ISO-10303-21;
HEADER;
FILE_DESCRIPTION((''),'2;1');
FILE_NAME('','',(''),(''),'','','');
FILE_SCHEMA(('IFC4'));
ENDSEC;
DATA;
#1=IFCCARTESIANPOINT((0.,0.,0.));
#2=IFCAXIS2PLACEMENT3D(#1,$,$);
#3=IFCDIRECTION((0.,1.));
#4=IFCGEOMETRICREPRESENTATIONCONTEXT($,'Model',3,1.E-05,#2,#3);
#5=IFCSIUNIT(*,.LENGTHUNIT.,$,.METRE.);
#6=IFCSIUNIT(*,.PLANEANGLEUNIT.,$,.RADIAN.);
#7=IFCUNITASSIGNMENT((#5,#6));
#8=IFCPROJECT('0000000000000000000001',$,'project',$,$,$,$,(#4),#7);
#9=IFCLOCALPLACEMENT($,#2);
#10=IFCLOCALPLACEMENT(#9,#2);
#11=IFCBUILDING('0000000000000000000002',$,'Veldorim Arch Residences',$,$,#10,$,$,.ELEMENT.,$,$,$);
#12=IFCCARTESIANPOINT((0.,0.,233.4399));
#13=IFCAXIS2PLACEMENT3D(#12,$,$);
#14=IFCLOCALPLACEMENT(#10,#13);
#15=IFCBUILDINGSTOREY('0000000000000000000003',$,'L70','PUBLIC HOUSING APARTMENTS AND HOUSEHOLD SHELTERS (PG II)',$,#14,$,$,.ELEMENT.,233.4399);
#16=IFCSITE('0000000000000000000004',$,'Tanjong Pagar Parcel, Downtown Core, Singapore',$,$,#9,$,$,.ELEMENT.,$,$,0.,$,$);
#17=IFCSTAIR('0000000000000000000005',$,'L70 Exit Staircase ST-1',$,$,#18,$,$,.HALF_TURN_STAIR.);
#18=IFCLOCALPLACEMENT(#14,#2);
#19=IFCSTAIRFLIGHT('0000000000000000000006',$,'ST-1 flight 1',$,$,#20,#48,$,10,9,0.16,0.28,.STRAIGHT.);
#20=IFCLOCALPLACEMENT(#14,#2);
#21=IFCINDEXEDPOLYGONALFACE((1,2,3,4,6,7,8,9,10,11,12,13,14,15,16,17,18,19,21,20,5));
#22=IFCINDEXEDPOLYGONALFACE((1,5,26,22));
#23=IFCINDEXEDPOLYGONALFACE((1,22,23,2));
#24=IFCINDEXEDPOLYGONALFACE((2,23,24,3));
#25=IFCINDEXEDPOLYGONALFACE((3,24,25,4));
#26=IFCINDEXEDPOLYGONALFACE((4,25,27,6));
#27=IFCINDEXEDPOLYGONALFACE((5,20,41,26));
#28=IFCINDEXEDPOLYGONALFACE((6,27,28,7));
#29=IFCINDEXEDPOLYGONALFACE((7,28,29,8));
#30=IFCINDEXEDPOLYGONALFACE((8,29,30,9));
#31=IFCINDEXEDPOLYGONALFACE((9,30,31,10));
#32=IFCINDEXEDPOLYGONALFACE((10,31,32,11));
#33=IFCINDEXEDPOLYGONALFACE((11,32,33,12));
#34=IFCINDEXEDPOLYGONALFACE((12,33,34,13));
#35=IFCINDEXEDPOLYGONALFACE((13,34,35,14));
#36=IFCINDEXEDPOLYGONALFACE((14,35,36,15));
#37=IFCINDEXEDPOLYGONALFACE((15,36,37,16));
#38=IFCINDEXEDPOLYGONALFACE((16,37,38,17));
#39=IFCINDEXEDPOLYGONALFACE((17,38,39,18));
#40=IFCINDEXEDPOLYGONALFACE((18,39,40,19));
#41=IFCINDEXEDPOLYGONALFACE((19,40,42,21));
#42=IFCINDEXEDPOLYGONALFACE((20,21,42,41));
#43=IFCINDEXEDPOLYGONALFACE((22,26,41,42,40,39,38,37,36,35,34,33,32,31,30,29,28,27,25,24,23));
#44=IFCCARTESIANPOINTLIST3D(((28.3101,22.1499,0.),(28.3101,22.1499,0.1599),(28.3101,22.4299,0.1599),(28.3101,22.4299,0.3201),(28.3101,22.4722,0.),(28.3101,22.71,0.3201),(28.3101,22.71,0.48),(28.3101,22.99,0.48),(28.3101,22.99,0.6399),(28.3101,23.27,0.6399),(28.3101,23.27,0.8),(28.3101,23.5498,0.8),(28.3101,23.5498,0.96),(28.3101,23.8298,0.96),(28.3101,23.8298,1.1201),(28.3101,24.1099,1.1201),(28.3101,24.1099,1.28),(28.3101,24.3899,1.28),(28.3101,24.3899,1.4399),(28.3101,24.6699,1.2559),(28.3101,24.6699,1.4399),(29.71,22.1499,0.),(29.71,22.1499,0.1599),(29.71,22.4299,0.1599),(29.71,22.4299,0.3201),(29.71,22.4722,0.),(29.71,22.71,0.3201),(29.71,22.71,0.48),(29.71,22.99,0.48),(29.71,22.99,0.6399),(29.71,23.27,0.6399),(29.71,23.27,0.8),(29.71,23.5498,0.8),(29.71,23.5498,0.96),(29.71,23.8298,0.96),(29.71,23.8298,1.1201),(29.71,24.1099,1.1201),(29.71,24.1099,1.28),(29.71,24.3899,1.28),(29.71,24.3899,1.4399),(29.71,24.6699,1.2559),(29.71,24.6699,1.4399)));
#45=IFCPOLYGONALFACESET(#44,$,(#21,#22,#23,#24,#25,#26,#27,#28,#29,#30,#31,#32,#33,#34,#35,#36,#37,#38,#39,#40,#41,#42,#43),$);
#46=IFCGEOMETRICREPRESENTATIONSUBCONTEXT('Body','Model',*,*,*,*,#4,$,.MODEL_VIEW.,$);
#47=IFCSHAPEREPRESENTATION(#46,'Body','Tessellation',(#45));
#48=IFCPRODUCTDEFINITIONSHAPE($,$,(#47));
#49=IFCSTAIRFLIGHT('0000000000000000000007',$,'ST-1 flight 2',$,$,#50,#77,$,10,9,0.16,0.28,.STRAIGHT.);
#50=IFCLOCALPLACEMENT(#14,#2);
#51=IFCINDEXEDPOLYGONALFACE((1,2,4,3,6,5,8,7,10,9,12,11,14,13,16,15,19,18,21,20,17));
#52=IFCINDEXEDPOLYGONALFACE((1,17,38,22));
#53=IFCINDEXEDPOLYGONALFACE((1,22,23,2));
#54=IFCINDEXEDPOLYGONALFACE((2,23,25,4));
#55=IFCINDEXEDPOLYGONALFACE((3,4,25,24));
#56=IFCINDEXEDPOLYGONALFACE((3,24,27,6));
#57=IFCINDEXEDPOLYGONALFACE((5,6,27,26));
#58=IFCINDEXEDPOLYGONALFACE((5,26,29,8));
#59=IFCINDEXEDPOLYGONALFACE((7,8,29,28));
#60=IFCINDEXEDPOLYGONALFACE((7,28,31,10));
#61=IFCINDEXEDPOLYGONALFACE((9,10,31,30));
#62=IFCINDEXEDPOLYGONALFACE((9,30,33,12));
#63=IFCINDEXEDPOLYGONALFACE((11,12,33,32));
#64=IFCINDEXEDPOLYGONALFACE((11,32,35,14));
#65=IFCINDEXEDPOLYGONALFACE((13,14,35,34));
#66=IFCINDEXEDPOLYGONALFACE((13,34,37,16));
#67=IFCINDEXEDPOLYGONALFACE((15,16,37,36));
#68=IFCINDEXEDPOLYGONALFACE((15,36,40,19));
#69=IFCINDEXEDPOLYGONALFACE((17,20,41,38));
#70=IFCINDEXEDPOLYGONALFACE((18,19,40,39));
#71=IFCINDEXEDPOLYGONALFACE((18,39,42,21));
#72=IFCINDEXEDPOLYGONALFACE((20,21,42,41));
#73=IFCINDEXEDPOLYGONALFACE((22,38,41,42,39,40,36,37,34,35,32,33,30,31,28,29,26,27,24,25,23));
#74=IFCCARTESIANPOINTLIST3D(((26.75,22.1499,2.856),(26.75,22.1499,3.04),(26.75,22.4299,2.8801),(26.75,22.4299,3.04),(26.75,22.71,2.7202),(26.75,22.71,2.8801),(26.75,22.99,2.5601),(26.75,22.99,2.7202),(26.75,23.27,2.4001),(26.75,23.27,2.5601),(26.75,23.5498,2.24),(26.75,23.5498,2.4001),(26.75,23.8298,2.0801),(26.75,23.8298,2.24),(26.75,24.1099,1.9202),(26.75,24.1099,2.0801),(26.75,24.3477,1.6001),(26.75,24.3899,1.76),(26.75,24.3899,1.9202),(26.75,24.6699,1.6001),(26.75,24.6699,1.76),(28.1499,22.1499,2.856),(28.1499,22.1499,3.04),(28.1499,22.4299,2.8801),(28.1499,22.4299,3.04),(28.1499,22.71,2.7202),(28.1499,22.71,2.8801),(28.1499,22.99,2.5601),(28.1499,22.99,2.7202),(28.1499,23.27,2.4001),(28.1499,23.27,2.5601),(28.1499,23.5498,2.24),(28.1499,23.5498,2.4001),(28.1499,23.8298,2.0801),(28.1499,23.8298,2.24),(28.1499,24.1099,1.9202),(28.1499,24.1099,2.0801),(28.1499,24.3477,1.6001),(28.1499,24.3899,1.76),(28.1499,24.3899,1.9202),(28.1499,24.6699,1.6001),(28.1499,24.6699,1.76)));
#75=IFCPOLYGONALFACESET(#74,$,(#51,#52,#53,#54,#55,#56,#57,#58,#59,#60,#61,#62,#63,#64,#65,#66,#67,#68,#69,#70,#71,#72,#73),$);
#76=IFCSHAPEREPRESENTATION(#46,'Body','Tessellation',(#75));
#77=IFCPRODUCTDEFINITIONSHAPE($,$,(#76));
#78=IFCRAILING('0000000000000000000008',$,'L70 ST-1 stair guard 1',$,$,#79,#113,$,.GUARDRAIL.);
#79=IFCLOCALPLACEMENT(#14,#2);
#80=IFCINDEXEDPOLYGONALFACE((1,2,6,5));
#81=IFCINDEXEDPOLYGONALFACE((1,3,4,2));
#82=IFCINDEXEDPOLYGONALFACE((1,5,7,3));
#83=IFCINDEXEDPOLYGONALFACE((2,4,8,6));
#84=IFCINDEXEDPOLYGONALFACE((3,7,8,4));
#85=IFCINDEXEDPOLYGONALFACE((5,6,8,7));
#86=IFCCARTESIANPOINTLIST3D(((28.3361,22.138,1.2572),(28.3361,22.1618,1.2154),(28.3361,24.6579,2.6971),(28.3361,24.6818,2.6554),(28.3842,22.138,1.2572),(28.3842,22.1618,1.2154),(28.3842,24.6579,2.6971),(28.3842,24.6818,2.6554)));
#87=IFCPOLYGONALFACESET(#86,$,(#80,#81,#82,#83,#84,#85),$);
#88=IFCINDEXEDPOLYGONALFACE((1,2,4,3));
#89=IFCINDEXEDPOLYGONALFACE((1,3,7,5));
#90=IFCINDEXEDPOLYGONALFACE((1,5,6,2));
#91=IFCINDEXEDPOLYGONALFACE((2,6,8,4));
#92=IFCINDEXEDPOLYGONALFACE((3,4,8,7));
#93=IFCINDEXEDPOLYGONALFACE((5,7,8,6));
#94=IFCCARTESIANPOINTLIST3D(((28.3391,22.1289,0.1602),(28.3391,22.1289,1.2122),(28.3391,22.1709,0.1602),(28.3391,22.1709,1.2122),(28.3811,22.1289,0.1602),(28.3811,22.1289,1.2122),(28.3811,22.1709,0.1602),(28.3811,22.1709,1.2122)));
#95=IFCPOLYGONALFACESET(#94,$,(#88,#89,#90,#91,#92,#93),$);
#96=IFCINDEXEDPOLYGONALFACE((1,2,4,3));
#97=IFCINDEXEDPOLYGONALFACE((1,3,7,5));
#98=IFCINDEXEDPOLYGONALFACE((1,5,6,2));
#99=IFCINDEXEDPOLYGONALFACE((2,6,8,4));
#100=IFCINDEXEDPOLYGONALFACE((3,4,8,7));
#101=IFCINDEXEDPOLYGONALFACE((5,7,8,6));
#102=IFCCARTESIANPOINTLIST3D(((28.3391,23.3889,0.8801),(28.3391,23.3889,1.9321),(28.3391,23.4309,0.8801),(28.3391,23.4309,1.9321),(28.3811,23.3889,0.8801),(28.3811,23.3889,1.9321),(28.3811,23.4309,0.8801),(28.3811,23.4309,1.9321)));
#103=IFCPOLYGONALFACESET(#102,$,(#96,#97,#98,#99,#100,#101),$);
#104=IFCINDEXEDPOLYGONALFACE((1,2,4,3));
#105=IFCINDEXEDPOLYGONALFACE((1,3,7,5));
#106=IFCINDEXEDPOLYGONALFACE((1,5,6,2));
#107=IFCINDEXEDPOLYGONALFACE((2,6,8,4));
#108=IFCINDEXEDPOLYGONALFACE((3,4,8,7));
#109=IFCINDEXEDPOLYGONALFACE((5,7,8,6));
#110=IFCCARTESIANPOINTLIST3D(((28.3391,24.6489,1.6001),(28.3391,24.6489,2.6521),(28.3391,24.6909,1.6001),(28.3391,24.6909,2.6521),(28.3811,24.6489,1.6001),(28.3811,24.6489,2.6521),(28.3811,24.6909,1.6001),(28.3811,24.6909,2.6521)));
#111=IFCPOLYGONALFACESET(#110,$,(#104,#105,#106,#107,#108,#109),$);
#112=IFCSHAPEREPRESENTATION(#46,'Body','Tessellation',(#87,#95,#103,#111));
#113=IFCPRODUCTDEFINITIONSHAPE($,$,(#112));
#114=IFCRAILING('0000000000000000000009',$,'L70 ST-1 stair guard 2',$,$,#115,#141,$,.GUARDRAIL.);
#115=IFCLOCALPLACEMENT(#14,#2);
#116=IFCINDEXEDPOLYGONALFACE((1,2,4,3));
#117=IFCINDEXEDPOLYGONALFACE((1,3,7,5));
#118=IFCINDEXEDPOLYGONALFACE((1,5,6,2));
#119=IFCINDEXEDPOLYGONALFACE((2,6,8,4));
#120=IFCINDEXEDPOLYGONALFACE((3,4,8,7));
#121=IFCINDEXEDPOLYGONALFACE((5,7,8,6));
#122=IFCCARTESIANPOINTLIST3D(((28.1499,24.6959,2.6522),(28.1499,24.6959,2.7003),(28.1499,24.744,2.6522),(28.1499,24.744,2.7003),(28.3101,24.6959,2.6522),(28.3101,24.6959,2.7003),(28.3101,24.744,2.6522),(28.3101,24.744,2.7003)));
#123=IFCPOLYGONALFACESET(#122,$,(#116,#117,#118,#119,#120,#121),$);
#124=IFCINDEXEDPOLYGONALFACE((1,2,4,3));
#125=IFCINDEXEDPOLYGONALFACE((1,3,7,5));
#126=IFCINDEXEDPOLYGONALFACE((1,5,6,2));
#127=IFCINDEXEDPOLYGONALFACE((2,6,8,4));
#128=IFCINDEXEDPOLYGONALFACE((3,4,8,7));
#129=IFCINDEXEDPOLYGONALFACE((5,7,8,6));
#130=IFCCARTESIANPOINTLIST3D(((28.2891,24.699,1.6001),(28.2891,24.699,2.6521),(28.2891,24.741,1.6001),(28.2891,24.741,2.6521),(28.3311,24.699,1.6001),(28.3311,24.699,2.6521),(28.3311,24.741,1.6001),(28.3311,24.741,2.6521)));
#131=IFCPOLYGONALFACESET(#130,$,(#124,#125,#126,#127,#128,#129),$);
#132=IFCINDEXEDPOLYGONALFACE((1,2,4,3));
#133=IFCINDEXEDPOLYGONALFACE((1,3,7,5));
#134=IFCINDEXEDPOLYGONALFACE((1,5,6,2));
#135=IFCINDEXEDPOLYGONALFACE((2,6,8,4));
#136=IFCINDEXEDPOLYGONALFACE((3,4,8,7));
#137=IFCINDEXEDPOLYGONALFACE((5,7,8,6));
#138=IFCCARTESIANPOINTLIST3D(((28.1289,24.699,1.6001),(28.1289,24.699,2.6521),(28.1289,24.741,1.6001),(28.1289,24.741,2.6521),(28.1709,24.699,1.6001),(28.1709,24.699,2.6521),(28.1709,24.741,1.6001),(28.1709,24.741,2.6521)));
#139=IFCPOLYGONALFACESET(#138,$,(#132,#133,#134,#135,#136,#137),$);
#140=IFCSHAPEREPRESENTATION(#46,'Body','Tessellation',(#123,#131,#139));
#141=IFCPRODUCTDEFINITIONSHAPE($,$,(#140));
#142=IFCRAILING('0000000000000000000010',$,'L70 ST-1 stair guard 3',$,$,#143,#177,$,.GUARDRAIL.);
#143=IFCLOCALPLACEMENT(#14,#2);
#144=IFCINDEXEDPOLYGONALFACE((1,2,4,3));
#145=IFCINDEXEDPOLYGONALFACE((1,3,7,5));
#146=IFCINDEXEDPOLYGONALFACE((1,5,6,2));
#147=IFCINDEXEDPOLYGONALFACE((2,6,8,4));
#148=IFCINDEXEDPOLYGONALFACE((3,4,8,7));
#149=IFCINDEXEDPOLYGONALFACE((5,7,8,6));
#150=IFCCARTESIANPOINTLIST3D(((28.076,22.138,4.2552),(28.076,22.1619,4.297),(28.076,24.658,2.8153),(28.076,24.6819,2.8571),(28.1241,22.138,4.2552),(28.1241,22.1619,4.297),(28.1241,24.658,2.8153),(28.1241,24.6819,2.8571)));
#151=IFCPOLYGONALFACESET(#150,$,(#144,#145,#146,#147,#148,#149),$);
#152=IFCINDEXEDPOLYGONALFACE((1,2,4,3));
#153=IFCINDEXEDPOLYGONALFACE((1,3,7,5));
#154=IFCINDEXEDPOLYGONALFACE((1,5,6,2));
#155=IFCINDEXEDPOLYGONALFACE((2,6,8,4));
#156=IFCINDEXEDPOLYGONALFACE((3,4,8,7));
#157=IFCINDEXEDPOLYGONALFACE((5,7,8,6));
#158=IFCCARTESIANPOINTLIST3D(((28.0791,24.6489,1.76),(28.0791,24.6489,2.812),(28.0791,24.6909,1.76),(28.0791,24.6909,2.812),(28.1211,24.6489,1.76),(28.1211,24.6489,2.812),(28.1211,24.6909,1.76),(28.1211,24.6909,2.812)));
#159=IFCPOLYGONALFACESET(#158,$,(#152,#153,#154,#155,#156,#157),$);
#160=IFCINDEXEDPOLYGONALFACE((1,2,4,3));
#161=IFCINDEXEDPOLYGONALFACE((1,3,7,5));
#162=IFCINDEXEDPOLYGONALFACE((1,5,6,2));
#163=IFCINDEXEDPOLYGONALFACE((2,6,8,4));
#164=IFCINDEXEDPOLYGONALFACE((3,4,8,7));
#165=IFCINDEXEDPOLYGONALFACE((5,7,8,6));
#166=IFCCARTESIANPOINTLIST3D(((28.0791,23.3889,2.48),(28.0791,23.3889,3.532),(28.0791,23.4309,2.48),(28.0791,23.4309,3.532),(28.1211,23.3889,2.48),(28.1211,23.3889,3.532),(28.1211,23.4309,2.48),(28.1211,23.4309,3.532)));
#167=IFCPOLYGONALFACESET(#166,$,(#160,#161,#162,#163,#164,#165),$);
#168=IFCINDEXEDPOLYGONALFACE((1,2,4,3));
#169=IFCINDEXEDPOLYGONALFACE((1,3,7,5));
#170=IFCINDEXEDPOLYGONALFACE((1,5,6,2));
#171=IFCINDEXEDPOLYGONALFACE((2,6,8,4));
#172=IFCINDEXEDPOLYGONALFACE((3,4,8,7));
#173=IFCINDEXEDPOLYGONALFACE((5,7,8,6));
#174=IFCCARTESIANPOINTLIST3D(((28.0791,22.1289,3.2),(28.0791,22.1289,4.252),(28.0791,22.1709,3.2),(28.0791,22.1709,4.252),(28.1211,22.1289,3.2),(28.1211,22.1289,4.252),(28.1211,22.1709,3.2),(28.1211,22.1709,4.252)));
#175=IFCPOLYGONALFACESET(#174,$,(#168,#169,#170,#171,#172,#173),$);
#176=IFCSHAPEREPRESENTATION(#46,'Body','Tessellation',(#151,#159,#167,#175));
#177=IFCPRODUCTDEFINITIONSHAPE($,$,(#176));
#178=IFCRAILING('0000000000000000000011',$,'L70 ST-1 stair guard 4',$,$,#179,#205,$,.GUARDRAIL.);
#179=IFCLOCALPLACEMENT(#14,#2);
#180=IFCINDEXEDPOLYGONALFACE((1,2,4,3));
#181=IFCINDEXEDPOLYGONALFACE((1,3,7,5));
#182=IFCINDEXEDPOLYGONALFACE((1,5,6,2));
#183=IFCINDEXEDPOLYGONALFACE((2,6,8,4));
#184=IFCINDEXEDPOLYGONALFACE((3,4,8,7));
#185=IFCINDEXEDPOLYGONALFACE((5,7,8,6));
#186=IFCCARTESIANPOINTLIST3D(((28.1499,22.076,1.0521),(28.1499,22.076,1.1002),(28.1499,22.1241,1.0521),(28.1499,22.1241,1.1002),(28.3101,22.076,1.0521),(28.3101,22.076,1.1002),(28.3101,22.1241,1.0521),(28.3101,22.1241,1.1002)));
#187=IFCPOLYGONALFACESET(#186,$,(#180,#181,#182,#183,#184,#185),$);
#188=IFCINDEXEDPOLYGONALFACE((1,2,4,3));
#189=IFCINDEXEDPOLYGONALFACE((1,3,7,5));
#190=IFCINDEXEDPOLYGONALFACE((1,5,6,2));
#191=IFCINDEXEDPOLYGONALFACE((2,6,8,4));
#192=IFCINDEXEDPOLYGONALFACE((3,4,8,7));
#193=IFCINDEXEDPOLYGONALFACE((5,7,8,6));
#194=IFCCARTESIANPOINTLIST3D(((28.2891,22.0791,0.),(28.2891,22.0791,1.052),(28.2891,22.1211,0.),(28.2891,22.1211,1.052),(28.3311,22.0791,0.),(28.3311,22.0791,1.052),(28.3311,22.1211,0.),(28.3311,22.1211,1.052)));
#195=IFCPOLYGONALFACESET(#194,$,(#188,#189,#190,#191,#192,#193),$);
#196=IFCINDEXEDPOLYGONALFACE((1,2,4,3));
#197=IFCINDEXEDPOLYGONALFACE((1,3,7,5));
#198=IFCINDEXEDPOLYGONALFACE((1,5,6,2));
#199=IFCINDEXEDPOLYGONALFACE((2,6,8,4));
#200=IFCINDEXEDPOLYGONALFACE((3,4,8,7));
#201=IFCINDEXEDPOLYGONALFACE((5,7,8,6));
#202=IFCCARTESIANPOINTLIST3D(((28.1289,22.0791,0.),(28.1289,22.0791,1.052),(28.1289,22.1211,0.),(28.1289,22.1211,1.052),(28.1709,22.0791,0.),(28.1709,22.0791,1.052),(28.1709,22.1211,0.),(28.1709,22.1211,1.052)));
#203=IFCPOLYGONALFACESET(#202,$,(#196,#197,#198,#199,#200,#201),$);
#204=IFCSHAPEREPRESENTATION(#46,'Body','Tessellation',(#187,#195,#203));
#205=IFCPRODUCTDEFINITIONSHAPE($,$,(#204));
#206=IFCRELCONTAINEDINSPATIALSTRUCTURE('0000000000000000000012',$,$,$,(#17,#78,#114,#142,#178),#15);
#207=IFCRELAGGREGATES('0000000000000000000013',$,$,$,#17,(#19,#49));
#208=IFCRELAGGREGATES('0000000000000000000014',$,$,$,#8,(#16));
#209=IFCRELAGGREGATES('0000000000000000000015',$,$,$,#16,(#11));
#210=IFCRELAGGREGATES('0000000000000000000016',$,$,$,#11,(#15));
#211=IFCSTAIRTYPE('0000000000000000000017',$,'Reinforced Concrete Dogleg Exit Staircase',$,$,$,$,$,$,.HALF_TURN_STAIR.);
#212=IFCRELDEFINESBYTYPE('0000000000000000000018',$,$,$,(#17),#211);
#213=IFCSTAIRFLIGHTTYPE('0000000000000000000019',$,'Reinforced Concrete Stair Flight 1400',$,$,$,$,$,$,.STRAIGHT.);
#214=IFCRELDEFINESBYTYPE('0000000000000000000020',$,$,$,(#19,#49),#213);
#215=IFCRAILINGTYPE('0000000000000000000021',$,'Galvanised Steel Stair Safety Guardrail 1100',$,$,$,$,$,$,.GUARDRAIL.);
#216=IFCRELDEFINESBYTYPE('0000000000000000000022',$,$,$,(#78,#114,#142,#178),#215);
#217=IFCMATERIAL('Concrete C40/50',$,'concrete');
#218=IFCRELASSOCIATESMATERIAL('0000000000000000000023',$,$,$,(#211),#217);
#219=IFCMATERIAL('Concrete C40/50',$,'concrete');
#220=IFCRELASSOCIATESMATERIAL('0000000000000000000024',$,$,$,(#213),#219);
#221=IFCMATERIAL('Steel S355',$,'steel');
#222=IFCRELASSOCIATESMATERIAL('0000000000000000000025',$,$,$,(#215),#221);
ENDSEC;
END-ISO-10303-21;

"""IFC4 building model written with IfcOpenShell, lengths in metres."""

from ifc_helpers import new_model, si_unit, direction, frame, origin, origin_2d, place, context, subcontext, project, spatial, polyline, rectangle, outline, extrude, material, type_object, element, aggregate, save


model = new_model("IFC4")

# Units and contexts
model_context = context("Model", 3, precision=1e-05, world=origin(), true_north=direction((0.0, 1.0)))
body_context = subcontext(model_context, "Body", "Model", "MODEL_VIEW")
ifc_project = project(units=[si_unit("LENGTHUNIT", "METRE"), si_unit("PLANEANGLEUNIT", "RADIAN")], contexts=[model_context])

# Site, building, storey
site_placement = place(None, origin())
site = spatial("IfcSite", under=ifc_project, at=site_placement, Name="Tanjong Pagar Parcel, Downtown Core, Singapore", CompositionType="ELEMENT", RefElevation=0.0)
building_placement = place(site_placement, origin())
building = spatial("IfcBuilding", under=site, at=building_placement, Name="Veldorim Arch Residences", CompositionType="ELEMENT")
storey_placement = place(building_placement, frame((0.0, 0.0, 233.4399)))
storey = spatial("IfcBuildingStorey", under=building, at=storey_placement, Name="L70", Description="PUBLIC HOUSING APARTMENTS AND HOUSEHOLD SHELTERS (PG II)", CompositionType="ELEMENT", Elevation=233.4399)

# Stair, stair flights
ifc_material_1 = material(Name="Concrete C40/50", Category="concrete")
stair_type = type_object("IfcStairType", Name="Reinforced Concrete Dogleg Exit Staircase", PredefinedType="HALF_TURN_STAIR", material=ifc_material_1)
stair_placement = place(storey_placement, origin())
stair = element("IfcStair", 1, at=stair_placement, inside=storey, type_object=stair_type, Name="L70 Exit Staircase ST-1", PredefinedType="HALF_TURN_STAIR")
ifc_material_2 = material(Name="Concrete C40/50", Category="concrete")
stair_flight_type = type_object("IfcStairFlightType", Name="Reinforced Concrete Stair Flight 1400", PredefinedType="STRAIGHT", material=ifc_material_2)
stair_flight_1_placement = place(storey_placement, frame((29.01, 22.1499, 0.0), z_axis=(0.0, 0.0, 1.0), x_axis=(0.0, 1.0, 0.0)))
stair_flight_1 = element("IfcStairFlight", 2, at=stair_flight_1_placement, type_object=stair_flight_type, Name="ST-1 flight 1", NumberOfRisers=10, NumberOfTreads=9, PredefinedType="STRAIGHT", RiserHeight=0.16, TreadLength=0.28, context=body_context, shape_type="SweptSolid", body=[
    extrude(outline(polyline([(0.0, 0.0), (0.0, 0.1599), (0.28, 0.1599), (0.28, 0.3201), (0.5601, 0.3201), (0.5601, 0.48), (0.8401, 0.48), (0.8401, 0.6399), (1.1201, 0.6399), (1.1201, 0.8), (1.3999, 0.8), (1.3999, 0.96), (1.6799, 0.96), (1.6799, 1.1201), (1.96, 1.1201), (1.96, 1.28), (2.24, 1.28), (2.24, 1.4399), (2.52, 1.4399), (2.52, 1.6001), (2.52, 1.2559), (0.3223, 0.0), (0.0, 0.0)])), frame((0.0, 0.7, 0.0), z_axis=(0.0, -1.0, 0.0), x_axis=(1.0, 0.0, 0.0)), (0.0, 0.0, 1.0), 1.3999),
])
stair_flight_2_placement = place(storey_placement, frame((27.45, 24.6699, 1.6001), z_axis=(0.0, 0.0, 1.0), x_axis=(0.0, -1.0, 0.0)))
stair_flight_2 = element("IfcStairFlight", 3, at=stair_flight_2_placement, type_object=stair_flight_type, Name="ST-1 flight 2", NumberOfRisers=10, NumberOfTreads=9, PredefinedType="STRAIGHT", RiserHeight=0.16, TreadLength=0.28, context=body_context, shape_type="SweptSolid", body=[
    extrude(outline(polyline([(0.0, 0.0), (0.0, 0.1599), (0.28, 0.1599), (0.28, 0.3201), (0.5601, 0.3201), (0.5601, 0.48), (0.8401, 0.48), (0.8401, 0.6399), (1.1201, 0.6399), (1.1201, 0.8), (1.3999, 0.8), (1.3999, 0.96), (1.6799, 0.96), (1.6799, 1.1201), (1.96, 1.1201), (1.96, 1.28), (2.24, 1.28), (2.24, 1.4399), (2.52, 1.4399), (2.52, 1.6001), (2.52, 1.2559), (0.3223, 0.0), (0.0, 0.0)])), frame((0.0, 0.7, 0.0), z_axis=(0.0, -1.0, 0.0), x_axis=(1.0, 0.0, 0.0)), (0.0, 0.0, 1.0), 1.3999),
])
aggregate(stair, [stair_flight_1, stair_flight_2])

# Railings
ifc_material_3 = material(Name="Steel S355", Category="steel")
railing_type_1 = type_object("IfcRailingType", Name="Galvanised Steel Stair Safety Guardrail 1100", PredefinedType="GUARDRAIL", material=ifc_material_3)
railing_1_placement = place(storey_placement, frame((28.3601, 22.1499, 0.1602)))
element("IfcRailing", 4, at=railing_1_placement, inside=storey, type_object=railing_type_1, Name="L70 ST-1 stair guard 1", PredefinedType="GUARDRAIL", context=body_context, shape_type="SweptSolid", body=[
    extrude(rectangle(XDim=0.0481, YDim=0.0481, at=origin_2d()), frame((0.0, 0.0, 1.0762), z_axis=(0.0, 0.868253, 0.496121), x_axis=(-1.0, 0.0, 0.0)), (0.0, 0.0, 1.0), 2.9023),
    extrude(rectangle(XDim=0.042, YDim=0.042, at=origin_2d()), origin(), (0.0, 0.0, 1.0), 1.052),
    extrude(rectangle(XDim=0.042, YDim=0.042, at=origin_2d()), frame((0.0, 1.26, 0.72)), (0.0, 0.0, 1.0), 1.052),
    extrude(rectangle(XDim=0.042, YDim=0.042, at=origin_2d()), frame((0.0, 2.52, 1.4399)), (0.0, 0.0, 1.0), 1.052),
])
railing_2_placement = place(storey_placement, frame((28.3101, 24.72, 1.6001)))
element("IfcRailing", 5, at=railing_2_placement, inside=storey, type_object=railing_type_1, Name="L70 ST-1 stair guard 2", PredefinedType="GUARDRAIL", context=body_context, shape_type="SweptSolid", body=[
    extrude(rectangle(XDim=0.0481, YDim=0.0481, at=origin_2d()), frame((0.0, 0.0, 1.0762), z_axis=(-1.0, 0.0, 0.0), x_axis=(0.0, -1.0, 0.0)), (0.0, 0.0, 1.0), 0.1602),
    extrude(rectangle(XDim=0.042, YDim=0.042, at=origin_2d()), origin(), (0.0, 0.0, 1.0), 1.052),
    extrude(rectangle(XDim=0.042, YDim=0.042, at=origin_2d()), frame((-0.1602, 0.0, 0.0)), (0.0, 0.0, 1.0), 1.052),
])
railing_3_placement = place(storey_placement, frame((28.1001, 24.6699, 1.76)))
element("IfcRailing", 6, at=railing_3_placement, inside=storey, type_object=railing_type_1, Name="L70 ST-1 stair guard 3", PredefinedType="GUARDRAIL", context=body_context, shape_type="SweptSolid", body=[
    extrude(rectangle(XDim=0.0481, YDim=0.0481, at=origin_2d()), frame((0.0, 0.0, 1.0762), z_axis=(0.0, -0.868253, 0.496121), x_axis=(1.0, 0.0, 0.0)), (0.0, 0.0, 1.0), 2.9023),
    extrude(rectangle(XDim=0.042, YDim=0.042, at=origin_2d()), origin(), (0.0, 0.0, 1.0), 1.052),
    extrude(rectangle(XDim=0.042, YDim=0.042, at=origin_2d()), frame((0.0, -1.26, 0.72)), (0.0, 0.0, 1.0), 1.052),
    extrude(rectangle(XDim=0.042, YDim=0.042, at=origin_2d()), frame((0.0, -2.52, 1.4399)), (0.0, 0.0, 1.0), 1.052),
])
railing_4_placement = place(storey_placement, frame((28.3101, 22.1001, 0.0)))
element("IfcRailing", 7, at=railing_4_placement, inside=storey, type_object=railing_type_1, Name="L70 ST-1 stair guard 4", PredefinedType="GUARDRAIL", context=body_context, shape_type="SweptSolid", body=[
    extrude(rectangle(XDim=0.0481, YDim=0.0481, at=origin_2d()), frame((0.0, 0.0, 1.0762), z_axis=(-1.0, 0.0, 0.0), x_axis=(0.0, -1.0, 0.0)), (0.0, 0.0, 1.0), 0.1602),
    extrude(rectangle(XDim=0.042, YDim=0.042, at=origin_2d()), origin(), (0.0, 0.0, 1.0), 1.052),
    extrude(rectangle(XDim=0.042, YDim=0.042, at=origin_2d()), frame((-0.1602, 0.0, 0.0)), (0.0, 0.0, 1.0), 1.052),
])

save(model, "model.ifc")
